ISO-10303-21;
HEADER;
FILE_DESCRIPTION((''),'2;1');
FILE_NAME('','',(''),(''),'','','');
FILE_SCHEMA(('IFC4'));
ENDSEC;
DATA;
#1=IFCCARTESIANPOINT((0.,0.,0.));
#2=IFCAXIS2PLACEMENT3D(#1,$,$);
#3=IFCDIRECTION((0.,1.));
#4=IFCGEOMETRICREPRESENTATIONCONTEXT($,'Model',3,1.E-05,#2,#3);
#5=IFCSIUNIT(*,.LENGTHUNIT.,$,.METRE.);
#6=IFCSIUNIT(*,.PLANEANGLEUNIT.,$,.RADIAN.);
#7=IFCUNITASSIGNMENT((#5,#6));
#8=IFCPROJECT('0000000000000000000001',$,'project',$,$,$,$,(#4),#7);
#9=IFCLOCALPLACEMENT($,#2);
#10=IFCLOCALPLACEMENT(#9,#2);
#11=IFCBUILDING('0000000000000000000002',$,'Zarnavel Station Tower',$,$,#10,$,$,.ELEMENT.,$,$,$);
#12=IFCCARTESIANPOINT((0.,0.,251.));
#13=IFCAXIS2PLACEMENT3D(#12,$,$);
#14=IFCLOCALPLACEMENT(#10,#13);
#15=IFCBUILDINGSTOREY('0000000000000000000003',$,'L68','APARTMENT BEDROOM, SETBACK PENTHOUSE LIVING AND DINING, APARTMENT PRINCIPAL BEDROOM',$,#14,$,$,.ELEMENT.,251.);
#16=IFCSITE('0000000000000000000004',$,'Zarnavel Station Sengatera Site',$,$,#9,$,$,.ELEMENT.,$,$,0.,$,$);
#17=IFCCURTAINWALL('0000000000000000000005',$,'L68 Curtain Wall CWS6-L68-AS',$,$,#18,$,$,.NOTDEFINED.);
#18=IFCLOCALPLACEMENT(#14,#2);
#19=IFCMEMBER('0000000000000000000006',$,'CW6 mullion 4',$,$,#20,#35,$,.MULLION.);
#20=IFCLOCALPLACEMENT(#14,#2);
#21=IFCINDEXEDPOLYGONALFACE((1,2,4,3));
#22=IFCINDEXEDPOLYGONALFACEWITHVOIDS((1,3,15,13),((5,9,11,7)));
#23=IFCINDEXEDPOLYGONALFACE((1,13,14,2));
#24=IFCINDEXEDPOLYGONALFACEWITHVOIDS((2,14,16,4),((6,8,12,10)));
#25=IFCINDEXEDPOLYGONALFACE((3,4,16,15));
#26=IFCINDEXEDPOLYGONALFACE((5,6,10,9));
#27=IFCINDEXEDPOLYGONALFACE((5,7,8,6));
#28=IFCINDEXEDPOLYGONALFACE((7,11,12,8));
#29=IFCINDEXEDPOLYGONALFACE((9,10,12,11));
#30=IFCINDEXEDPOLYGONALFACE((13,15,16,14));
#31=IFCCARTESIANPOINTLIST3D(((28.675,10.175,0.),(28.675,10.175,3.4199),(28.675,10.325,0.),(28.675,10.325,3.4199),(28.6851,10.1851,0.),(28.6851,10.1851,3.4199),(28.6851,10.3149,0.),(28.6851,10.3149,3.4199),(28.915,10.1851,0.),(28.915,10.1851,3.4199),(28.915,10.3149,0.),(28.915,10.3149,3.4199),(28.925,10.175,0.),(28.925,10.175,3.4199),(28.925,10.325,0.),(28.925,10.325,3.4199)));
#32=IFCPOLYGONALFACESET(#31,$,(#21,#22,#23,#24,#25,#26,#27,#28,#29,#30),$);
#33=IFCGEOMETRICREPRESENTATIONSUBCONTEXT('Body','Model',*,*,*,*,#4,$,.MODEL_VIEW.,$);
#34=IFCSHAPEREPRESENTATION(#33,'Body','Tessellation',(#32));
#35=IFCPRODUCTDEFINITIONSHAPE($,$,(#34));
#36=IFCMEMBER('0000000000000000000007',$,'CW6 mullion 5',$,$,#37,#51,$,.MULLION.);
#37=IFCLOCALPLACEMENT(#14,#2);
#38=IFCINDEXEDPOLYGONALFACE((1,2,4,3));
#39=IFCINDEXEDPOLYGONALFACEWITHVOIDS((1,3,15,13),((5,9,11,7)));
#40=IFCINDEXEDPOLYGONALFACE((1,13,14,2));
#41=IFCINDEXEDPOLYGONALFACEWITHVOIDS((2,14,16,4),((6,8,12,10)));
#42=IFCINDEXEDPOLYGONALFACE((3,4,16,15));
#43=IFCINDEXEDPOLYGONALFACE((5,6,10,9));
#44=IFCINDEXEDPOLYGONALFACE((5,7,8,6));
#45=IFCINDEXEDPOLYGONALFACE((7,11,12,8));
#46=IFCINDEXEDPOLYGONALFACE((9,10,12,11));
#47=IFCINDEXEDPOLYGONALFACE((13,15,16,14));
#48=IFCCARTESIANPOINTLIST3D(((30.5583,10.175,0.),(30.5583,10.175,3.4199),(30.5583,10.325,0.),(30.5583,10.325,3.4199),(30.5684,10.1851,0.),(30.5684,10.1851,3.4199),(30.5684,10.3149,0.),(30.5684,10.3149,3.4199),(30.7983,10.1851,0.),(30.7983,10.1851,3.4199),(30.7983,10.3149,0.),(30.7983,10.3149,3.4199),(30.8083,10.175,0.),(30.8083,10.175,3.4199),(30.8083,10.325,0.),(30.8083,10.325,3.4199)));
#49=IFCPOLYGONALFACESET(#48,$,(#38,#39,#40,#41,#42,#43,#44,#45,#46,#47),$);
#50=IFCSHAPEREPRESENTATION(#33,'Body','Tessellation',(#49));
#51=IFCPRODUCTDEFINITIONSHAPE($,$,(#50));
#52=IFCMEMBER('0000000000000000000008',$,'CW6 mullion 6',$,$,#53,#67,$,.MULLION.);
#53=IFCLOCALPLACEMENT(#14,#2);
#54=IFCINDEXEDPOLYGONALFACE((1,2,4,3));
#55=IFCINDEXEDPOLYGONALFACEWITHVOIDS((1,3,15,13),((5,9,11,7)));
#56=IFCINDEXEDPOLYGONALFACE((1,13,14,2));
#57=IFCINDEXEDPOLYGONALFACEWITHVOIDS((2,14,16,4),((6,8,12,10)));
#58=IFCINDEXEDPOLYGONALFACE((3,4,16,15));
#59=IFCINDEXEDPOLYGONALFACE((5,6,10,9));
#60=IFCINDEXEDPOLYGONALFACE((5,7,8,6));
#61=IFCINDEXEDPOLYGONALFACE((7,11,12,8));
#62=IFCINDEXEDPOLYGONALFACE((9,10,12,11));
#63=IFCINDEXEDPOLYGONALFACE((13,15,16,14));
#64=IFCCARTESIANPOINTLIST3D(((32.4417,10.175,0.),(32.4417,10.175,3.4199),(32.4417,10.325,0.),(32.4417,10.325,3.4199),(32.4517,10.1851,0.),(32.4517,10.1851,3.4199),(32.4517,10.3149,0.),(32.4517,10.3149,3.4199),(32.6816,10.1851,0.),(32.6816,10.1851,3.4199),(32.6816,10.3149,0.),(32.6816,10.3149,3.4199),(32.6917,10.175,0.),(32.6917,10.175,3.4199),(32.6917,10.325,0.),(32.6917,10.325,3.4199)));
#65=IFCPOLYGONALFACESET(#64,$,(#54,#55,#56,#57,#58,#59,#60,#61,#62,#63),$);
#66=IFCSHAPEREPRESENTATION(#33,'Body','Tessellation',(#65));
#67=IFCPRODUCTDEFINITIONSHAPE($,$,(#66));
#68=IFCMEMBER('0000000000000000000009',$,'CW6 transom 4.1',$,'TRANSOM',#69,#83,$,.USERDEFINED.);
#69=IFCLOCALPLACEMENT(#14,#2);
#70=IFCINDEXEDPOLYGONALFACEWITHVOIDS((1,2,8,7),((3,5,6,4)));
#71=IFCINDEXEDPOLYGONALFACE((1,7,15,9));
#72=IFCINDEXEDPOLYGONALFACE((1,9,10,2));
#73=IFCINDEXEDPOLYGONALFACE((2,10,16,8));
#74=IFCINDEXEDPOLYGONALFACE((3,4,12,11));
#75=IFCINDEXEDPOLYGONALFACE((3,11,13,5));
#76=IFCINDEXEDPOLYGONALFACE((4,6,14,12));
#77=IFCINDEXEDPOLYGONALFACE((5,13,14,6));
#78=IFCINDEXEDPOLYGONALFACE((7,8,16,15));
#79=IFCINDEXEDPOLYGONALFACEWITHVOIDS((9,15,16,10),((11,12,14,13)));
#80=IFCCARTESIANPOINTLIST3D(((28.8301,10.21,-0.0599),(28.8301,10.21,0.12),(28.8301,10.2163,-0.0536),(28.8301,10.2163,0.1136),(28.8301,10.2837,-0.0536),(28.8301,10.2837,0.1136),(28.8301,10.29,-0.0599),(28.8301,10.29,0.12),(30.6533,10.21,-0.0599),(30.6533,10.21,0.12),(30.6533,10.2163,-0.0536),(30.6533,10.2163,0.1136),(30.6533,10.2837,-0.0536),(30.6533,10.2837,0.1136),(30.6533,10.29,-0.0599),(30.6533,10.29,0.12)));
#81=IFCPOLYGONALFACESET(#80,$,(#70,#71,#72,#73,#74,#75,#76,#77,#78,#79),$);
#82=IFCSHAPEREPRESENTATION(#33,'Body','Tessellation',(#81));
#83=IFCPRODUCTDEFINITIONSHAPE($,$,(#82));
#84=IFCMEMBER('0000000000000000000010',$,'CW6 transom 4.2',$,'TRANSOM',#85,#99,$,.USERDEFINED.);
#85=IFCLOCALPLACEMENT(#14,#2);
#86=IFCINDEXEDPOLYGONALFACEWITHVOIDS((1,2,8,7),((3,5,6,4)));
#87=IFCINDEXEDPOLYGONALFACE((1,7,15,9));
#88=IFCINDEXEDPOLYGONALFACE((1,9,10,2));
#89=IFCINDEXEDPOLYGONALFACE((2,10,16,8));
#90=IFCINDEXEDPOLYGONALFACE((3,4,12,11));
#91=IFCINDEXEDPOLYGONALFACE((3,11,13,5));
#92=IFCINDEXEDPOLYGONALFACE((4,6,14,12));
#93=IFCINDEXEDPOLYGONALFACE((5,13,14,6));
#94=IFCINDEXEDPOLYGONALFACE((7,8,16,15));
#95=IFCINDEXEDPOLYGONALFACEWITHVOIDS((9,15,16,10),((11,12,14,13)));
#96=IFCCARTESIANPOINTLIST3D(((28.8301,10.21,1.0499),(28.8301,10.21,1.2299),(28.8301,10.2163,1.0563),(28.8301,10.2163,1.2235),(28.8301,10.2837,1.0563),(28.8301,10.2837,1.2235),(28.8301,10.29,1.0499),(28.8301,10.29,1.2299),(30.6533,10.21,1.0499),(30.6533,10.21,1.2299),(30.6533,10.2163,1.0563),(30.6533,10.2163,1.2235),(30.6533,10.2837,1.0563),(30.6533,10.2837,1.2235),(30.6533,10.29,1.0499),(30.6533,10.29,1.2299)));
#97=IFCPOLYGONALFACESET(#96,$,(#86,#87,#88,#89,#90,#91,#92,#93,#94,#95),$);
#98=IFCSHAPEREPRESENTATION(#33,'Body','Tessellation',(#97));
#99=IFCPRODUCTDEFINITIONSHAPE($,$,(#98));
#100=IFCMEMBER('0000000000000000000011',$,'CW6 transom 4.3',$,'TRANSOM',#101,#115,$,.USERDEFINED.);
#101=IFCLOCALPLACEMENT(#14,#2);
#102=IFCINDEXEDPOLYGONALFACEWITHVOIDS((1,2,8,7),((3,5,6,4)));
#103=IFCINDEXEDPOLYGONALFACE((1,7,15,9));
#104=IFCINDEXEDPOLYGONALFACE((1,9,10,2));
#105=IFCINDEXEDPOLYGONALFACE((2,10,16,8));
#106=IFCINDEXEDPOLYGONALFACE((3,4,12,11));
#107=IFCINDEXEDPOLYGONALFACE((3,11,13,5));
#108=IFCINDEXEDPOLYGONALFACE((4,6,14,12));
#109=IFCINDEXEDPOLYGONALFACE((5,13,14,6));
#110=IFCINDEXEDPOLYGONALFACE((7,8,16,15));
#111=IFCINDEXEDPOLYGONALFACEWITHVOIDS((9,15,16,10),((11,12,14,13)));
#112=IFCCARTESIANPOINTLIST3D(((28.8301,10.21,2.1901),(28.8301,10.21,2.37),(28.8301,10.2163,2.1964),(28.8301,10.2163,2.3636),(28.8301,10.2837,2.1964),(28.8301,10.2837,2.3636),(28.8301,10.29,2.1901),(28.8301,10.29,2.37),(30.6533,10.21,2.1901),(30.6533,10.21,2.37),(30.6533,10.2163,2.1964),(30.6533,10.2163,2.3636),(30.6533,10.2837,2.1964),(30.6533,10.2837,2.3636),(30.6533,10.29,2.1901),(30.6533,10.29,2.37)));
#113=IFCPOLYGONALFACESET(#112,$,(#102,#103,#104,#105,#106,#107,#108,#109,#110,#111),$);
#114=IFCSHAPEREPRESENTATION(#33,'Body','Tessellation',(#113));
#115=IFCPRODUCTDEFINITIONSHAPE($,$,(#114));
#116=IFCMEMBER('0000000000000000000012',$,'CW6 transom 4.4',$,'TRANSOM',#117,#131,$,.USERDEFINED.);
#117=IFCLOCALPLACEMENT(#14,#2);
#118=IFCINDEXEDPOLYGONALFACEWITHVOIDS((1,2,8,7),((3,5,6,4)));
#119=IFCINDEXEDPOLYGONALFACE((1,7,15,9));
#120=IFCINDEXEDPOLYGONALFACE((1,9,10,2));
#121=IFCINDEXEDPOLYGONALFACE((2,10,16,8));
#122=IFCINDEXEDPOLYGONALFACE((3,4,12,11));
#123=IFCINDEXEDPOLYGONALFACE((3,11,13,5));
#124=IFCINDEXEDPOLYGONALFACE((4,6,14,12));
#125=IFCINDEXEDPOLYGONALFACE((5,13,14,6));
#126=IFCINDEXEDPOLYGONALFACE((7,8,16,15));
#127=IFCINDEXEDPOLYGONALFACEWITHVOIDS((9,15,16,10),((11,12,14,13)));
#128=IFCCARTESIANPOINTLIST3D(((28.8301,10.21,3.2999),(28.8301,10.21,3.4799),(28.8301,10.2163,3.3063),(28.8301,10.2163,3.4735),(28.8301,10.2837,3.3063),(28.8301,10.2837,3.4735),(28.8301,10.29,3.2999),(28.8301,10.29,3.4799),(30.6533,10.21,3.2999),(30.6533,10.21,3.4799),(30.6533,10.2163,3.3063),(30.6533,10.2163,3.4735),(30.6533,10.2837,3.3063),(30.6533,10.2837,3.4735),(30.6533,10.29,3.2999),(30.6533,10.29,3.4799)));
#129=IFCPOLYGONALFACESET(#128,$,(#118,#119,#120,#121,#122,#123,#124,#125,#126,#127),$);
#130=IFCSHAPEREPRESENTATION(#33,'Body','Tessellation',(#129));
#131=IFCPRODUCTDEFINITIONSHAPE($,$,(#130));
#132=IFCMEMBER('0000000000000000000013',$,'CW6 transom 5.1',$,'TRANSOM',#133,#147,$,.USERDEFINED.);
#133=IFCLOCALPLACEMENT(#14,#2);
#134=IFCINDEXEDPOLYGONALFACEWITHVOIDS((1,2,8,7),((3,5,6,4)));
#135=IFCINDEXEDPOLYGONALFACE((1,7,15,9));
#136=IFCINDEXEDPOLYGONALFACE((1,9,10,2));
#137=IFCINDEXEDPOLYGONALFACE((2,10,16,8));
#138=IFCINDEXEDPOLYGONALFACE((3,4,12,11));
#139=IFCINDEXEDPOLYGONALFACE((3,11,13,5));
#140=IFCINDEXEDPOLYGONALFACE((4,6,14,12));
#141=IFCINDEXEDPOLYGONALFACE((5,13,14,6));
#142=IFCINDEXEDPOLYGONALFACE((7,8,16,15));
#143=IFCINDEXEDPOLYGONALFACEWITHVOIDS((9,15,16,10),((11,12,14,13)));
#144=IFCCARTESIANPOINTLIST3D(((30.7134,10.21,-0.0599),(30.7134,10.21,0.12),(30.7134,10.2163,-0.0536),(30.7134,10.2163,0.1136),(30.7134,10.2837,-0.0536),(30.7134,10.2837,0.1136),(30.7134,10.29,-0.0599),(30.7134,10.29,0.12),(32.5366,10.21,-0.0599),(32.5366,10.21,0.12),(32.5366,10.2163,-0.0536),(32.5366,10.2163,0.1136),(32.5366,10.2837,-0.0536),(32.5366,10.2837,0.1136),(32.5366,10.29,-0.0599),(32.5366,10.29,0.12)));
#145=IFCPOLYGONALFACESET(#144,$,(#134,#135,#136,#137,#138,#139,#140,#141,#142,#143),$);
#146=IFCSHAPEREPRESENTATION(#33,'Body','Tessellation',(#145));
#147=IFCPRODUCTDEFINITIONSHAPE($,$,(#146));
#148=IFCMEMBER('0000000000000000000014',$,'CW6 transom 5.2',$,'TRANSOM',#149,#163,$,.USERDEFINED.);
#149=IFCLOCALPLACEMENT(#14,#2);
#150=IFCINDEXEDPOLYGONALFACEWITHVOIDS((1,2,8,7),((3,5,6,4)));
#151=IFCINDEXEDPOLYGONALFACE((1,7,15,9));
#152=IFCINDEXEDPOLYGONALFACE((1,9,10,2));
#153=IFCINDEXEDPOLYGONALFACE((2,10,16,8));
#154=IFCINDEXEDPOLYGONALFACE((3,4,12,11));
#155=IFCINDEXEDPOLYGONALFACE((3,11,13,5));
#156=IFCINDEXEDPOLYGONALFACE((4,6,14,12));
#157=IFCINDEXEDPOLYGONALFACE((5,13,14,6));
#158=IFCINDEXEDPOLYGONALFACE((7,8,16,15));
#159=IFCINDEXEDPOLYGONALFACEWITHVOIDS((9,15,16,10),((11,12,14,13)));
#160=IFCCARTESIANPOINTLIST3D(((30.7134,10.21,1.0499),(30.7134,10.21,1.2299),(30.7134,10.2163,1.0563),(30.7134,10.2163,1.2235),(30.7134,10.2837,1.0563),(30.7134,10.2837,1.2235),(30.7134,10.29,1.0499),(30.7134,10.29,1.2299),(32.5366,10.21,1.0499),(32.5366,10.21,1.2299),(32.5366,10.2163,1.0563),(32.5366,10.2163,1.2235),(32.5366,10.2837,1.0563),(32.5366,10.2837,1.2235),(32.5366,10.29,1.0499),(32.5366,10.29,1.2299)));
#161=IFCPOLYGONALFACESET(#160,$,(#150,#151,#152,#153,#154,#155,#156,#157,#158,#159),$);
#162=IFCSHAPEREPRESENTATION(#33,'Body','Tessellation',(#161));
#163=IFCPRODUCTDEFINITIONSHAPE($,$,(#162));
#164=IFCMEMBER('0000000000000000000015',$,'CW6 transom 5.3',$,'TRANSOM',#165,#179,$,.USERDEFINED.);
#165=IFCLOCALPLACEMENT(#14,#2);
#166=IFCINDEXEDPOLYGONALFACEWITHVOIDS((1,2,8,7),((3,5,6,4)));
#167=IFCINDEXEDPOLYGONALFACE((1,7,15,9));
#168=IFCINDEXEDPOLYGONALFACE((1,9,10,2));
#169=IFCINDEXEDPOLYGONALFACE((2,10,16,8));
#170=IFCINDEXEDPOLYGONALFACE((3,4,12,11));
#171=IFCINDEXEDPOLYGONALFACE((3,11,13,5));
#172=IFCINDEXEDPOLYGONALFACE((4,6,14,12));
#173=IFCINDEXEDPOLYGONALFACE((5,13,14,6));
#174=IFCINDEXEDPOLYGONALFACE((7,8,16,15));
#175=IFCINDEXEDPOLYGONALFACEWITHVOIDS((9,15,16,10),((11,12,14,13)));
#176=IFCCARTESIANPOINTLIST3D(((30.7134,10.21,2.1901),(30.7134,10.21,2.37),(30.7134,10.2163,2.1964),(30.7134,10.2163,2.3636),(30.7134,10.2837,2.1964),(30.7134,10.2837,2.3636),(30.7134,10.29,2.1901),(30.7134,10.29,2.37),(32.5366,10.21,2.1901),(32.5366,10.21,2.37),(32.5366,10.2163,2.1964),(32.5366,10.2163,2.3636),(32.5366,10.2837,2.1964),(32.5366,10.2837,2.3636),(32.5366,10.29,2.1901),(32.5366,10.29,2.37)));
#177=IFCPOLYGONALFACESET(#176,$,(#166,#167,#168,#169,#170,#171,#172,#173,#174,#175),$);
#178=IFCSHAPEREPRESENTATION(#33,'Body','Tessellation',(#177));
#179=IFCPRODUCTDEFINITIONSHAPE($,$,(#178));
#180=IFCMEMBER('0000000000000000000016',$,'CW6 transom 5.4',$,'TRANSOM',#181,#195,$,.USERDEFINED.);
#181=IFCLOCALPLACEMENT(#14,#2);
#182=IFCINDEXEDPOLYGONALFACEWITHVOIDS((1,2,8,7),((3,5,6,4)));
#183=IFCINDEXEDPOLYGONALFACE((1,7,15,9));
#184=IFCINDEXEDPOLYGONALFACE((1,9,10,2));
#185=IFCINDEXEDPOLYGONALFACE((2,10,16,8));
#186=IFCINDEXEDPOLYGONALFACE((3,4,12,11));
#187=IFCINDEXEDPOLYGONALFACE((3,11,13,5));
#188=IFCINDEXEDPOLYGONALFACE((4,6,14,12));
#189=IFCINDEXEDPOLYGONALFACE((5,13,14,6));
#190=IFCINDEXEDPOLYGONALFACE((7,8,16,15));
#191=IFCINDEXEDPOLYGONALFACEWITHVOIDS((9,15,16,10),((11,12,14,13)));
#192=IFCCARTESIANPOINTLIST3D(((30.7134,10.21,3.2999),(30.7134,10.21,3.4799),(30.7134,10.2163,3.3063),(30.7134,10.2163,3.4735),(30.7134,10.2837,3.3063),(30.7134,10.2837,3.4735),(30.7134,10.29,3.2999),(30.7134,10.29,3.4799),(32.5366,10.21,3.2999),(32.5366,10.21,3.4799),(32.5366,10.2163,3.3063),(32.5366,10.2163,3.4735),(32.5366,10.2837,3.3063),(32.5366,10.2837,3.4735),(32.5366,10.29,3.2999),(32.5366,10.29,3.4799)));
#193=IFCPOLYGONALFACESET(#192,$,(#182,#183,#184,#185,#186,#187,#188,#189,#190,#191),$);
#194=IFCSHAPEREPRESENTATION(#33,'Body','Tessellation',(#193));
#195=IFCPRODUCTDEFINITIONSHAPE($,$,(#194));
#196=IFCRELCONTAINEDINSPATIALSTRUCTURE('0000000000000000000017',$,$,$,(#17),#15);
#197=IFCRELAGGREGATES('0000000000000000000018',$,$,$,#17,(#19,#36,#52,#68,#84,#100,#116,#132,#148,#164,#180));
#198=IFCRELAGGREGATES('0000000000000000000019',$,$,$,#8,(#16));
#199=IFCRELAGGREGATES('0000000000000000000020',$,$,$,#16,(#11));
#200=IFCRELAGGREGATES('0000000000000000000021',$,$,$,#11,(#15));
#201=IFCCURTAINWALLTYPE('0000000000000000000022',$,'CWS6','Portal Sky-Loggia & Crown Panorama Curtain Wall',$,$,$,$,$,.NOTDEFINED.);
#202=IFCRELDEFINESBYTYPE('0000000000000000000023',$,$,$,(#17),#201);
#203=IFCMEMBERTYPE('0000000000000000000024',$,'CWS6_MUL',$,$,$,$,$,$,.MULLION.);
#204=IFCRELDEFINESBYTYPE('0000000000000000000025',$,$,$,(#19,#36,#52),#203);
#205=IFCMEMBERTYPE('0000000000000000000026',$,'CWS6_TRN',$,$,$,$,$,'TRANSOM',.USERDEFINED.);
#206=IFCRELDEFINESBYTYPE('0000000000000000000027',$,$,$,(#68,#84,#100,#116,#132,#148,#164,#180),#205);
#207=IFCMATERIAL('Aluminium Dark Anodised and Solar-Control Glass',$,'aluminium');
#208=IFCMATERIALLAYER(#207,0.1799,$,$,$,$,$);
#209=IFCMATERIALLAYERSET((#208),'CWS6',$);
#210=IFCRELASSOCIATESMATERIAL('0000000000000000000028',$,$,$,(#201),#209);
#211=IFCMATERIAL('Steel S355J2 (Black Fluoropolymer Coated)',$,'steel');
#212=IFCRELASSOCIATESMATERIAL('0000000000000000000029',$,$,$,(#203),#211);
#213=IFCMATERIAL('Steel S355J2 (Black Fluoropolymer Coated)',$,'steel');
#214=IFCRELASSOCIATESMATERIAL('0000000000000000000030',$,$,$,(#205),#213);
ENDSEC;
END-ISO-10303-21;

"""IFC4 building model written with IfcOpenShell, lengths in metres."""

from ifc_helpers import new_model, si_unit, direction, frame, origin, origin_2d, place, context, subcontext, project, spatial, hollow_rectangle, extrude, material, layer, layer_set, material_profile, profile_set, type_object, element, aggregate, save


model = new_model("IFC4")

# Units and contexts
model_context = context("Model", 3, precision=1e-05, world=origin(), true_north=direction((0.0, 1.0)))
body_context = subcontext(model_context, "Body", "Model", "MODEL_VIEW")
ifc_project = project(units=[si_unit("LENGTHUNIT", "METRE"), si_unit("PLANEANGLEUNIT", "RADIAN")], contexts=[model_context])

# Site, building, storey
site_placement = place(None, origin())
site = spatial("IfcSite", under=ifc_project, at=site_placement, Name="Zarnavel Station Sengatera Site", CompositionType="ELEMENT", RefElevation=0.0)
building_placement = place(site_placement, origin())
building = spatial("IfcBuilding", under=site, at=building_placement, Name="Zarnavel Station Tower", CompositionType="ELEMENT")
storey_placement = place(building_placement, frame((0.0, 0.0, 251.0)))
storey = spatial("IfcBuildingStorey", under=building, at=storey_placement, Name="L68", Description="APARTMENT BEDROOM, SETBACK PENTHOUSE LIVING AND DINING, APARTMENT PRINCIPAL BEDROOM", CompositionType="ELEMENT", Elevation=251.0)

# Curtain wall, members
ifc_material_1 = material(Name="Aluminium Dark Anodised and Solar-Control Glass", Category="aluminium")
ifc_layer_1 = layer(ifc_material_1, 0.1799)
ifc_layer_set_1 = layer_set([ifc_layer_1], Name="CWS6")
curtain_wall_type = type_object("IfcCurtainWallType", Name="CWS6", Description="Portal Sky-Loggia & Crown Panorama Curtain Wall", PredefinedType="NOTDEFINED", material=ifc_layer_set_1)
curtain_wall_placement = place(storey_placement, origin())
curtain_wall = element("IfcCurtainWall", 1, at=curtain_wall_placement, inside=storey, type_object=curtain_wall_type, Name="L68 Curtain Wall CWS6-L68-AS", PredefinedType="NOTDEFINED")
ifc_material_2 = material(Name="Steel S355J2 (Black Fluoropolymer Coated)", Category="steel")
ifc_material_profile_1 = material_profile(ifc_material_2, hollow_rectangle(XDim=0.1499, YDim=0.25, WallThickness=0.01, at=origin_2d()), Name="RHS250x150x10")
ifc_profile_set_1 = profile_set([ifc_material_profile_1], Name="Steel S355J2 (Black Fluoropolymer Coated)")
member_type_1 = type_object("IfcMemberType", Name="CWS6_MUL", PredefinedType="MULLION", material=ifc_profile_set_1)
member_1_placement = place(storey_placement, frame((28.8, 10.25, 0.0), z_axis=(0.0, 0.0, 1.0), x_axis=(0.0, 1.0, 0.0)))
member_1 = element("IfcMember", 2, at=member_1_placement, type_object=member_type_1, Name="CW6 mullion 4", PredefinedType="MULLION", context=body_context, shape_type="SweptSolid", body=[
    extrude(hollow_rectangle(XDim=0.1499, YDim=0.25, WallThickness=0.01, at=origin_2d()), origin(), (0.0, 0.0, 1.0), 3.4199),
])
member_2_placement = place(storey_placement, frame((30.6833, 10.25, 0.0), z_axis=(0.0, 0.0, 1.0), x_axis=(0.0, 1.0, 0.0)))
member_2 = element("IfcMember", 3, at=member_2_placement, type_object=member_type_1, Name="CW6 mullion 5", PredefinedType="MULLION", context=body_context, shape_type="SweptSolid", body=[
    extrude(hollow_rectangle(XDim=0.1499, YDim=0.25, WallThickness=0.01, at=origin_2d()), origin(), (0.0, 0.0, 1.0), 3.4199),
])
member_3_placement = place(storey_placement, frame((32.5667, 10.25, 0.0), z_axis=(0.0, 0.0, 1.0), x_axis=(0.0, 1.0, 0.0)))
member_3 = element("IfcMember", 4, at=member_3_placement, type_object=member_type_1, Name="CW6 mullion 6", PredefinedType="MULLION", context=body_context, shape_type="SweptSolid", body=[
    extrude(hollow_rectangle(XDim=0.1499, YDim=0.25, WallThickness=0.01, at=origin_2d()), origin(), (0.0, 0.0, 1.0), 3.4199),
])
ifc_material_3 = material(Name="Steel S355J2 (Black Fluoropolymer Coated)", Category="steel")
ifc_material_profile_2 = material_profile(ifc_material_3, hollow_rectangle(XDim=0.0801, YDim=0.1799, WallThickness=0.0063, at=origin_2d()), Name="RHS180x80x6.3")
ifc_profile_set_2 = profile_set([ifc_material_profile_2], Name="Steel S355J2 (Black Fluoropolymer Coated)")
member_type_2 = type_object("IfcMemberType", Name="CWS6_TRN", ElementType="TRANSOM", PredefinedType="USERDEFINED", material=ifc_profile_set_2)
member_4_placement = place(storey_placement, frame((28.8301, 10.25, 0.03), z_axis=(1.0, 0.0, 0.0), x_axis=(0.0, 1.0, 0.0)))
member_4 = element("IfcMember", 5, at=member_4_placement, type_object=member_type_2, Name="CW6 transom 4.1", ObjectType="TRANSOM", PredefinedType="USERDEFINED", context=body_context, shape_type="SweptSolid", body=[
    extrude(hollow_rectangle(XDim=0.0801, YDim=0.1799, WallThickness=0.0063, at=origin_2d()), origin(), (0.0, 0.0, 1.0), 1.8232),
])
member_5_placement = place(storey_placement, frame((28.8301, 10.25, 1.1399), z_axis=(1.0, 0.0, 0.0), x_axis=(0.0, 1.0, 0.0)))
member_5 = element("IfcMember", 6, at=member_5_placement, type_object=member_type_2, Name="CW6 transom 4.2", ObjectType="TRANSOM", PredefinedType="USERDEFINED", context=body_context, shape_type="SweptSolid", body=[
    extrude(hollow_rectangle(XDim=0.0801, YDim=0.1799, WallThickness=0.0063, at=origin_2d()), origin(), (0.0, 0.0, 1.0), 1.8232),
])
member_6_placement = place(storey_placement, frame((28.8301, 10.25, 2.28), z_axis=(1.0, 0.0, 0.0), x_axis=(0.0, 1.0, 0.0)))
member_6 = element("IfcMember", 7, at=member_6_placement, type_object=member_type_2, Name="CW6 transom 4.3", ObjectType="TRANSOM", PredefinedType="USERDEFINED", context=body_context, shape_type="SweptSolid", body=[
    extrude(hollow_rectangle(XDim=0.0801, YDim=0.1799, WallThickness=0.0063, at=origin_2d()), origin(), (0.0, 0.0, 1.0), 1.8232),
])
member_7_placement = place(storey_placement, frame((28.8301, 10.25, 3.3899), z_axis=(1.0, 0.0, 0.0), x_axis=(0.0, 1.0, 0.0)))
member_7 = element("IfcMember", 8, at=member_7_placement, type_object=member_type_2, Name="CW6 transom 4.4", ObjectType="TRANSOM", PredefinedType="USERDEFINED", context=body_context, shape_type="SweptSolid", body=[
    extrude(hollow_rectangle(XDim=0.0801, YDim=0.1799, WallThickness=0.0063, at=origin_2d()), origin(), (0.0, 0.0, 1.0), 1.8232),
])
member_8_placement = place(storey_placement, frame((30.7134, 10.25, 0.03), z_axis=(1.0, 0.0, 0.0), x_axis=(0.0, 1.0, 0.0)))
member_8 = element("IfcMember", 9, at=member_8_placement, type_object=member_type_2, Name="CW6 transom 5.1", ObjectType="TRANSOM", PredefinedType="USERDEFINED", context=body_context, shape_type="SweptSolid", body=[
    extrude(hollow_rectangle(XDim=0.0801, YDim=0.1799, WallThickness=0.0063, at=origin_2d()), origin(), (0.0, 0.0, 1.0), 1.8232),
])
member_9_placement = place(storey_placement, frame((30.7134, 10.25, 1.1399), z_axis=(1.0, 0.0, 0.0), x_axis=(0.0, 1.0, 0.0)))
member_9 = element("IfcMember", 10, at=member_9_placement, type_object=member_type_2, Name="CW6 transom 5.2", ObjectType="TRANSOM", PredefinedType="USERDEFINED", context=body_context, shape_type="SweptSolid", body=[
    extrude(hollow_rectangle(XDim=0.0801, YDim=0.1799, WallThickness=0.0063, at=origin_2d()), origin(), (0.0, 0.0, 1.0), 1.8232),
])
member_10_placement = place(storey_placement, frame((30.7134, 10.25, 2.28), z_axis=(1.0, 0.0, 0.0), x_axis=(0.0, 1.0, 0.0)))
member_10 = element("IfcMember", 11, at=member_10_placement, type_object=member_type_2, Name="CW6 transom 5.3", ObjectType="TRANSOM", PredefinedType="USERDEFINED", context=body_context, shape_type="SweptSolid", body=[
    extrude(hollow_rectangle(XDim=0.0801, YDim=0.1799, WallThickness=0.0063, at=origin_2d()), origin(), (0.0, 0.0, 1.0), 1.8232),
])
member_11_placement = place(storey_placement, frame((30.7134, 10.25, 3.3899), z_axis=(1.0, 0.0, 0.0), x_axis=(0.0, 1.0, 0.0)))
member_11 = element("IfcMember", 12, at=member_11_placement, type_object=member_type_2, Name="CW6 transom 5.4", ObjectType="TRANSOM", PredefinedType="USERDEFINED", context=body_context, shape_type="SweptSolid", body=[
    extrude(hollow_rectangle(XDim=0.0801, YDim=0.1799, WallThickness=0.0063, at=origin_2d()), origin(), (0.0, 0.0, 1.0), 1.8232),
])
aggregate(curtain_wall, [member_1, member_2, member_3, member_4, member_5, member_6, member_7, member_8, member_9, member_10, member_11])

save(model, "model.ifc")
